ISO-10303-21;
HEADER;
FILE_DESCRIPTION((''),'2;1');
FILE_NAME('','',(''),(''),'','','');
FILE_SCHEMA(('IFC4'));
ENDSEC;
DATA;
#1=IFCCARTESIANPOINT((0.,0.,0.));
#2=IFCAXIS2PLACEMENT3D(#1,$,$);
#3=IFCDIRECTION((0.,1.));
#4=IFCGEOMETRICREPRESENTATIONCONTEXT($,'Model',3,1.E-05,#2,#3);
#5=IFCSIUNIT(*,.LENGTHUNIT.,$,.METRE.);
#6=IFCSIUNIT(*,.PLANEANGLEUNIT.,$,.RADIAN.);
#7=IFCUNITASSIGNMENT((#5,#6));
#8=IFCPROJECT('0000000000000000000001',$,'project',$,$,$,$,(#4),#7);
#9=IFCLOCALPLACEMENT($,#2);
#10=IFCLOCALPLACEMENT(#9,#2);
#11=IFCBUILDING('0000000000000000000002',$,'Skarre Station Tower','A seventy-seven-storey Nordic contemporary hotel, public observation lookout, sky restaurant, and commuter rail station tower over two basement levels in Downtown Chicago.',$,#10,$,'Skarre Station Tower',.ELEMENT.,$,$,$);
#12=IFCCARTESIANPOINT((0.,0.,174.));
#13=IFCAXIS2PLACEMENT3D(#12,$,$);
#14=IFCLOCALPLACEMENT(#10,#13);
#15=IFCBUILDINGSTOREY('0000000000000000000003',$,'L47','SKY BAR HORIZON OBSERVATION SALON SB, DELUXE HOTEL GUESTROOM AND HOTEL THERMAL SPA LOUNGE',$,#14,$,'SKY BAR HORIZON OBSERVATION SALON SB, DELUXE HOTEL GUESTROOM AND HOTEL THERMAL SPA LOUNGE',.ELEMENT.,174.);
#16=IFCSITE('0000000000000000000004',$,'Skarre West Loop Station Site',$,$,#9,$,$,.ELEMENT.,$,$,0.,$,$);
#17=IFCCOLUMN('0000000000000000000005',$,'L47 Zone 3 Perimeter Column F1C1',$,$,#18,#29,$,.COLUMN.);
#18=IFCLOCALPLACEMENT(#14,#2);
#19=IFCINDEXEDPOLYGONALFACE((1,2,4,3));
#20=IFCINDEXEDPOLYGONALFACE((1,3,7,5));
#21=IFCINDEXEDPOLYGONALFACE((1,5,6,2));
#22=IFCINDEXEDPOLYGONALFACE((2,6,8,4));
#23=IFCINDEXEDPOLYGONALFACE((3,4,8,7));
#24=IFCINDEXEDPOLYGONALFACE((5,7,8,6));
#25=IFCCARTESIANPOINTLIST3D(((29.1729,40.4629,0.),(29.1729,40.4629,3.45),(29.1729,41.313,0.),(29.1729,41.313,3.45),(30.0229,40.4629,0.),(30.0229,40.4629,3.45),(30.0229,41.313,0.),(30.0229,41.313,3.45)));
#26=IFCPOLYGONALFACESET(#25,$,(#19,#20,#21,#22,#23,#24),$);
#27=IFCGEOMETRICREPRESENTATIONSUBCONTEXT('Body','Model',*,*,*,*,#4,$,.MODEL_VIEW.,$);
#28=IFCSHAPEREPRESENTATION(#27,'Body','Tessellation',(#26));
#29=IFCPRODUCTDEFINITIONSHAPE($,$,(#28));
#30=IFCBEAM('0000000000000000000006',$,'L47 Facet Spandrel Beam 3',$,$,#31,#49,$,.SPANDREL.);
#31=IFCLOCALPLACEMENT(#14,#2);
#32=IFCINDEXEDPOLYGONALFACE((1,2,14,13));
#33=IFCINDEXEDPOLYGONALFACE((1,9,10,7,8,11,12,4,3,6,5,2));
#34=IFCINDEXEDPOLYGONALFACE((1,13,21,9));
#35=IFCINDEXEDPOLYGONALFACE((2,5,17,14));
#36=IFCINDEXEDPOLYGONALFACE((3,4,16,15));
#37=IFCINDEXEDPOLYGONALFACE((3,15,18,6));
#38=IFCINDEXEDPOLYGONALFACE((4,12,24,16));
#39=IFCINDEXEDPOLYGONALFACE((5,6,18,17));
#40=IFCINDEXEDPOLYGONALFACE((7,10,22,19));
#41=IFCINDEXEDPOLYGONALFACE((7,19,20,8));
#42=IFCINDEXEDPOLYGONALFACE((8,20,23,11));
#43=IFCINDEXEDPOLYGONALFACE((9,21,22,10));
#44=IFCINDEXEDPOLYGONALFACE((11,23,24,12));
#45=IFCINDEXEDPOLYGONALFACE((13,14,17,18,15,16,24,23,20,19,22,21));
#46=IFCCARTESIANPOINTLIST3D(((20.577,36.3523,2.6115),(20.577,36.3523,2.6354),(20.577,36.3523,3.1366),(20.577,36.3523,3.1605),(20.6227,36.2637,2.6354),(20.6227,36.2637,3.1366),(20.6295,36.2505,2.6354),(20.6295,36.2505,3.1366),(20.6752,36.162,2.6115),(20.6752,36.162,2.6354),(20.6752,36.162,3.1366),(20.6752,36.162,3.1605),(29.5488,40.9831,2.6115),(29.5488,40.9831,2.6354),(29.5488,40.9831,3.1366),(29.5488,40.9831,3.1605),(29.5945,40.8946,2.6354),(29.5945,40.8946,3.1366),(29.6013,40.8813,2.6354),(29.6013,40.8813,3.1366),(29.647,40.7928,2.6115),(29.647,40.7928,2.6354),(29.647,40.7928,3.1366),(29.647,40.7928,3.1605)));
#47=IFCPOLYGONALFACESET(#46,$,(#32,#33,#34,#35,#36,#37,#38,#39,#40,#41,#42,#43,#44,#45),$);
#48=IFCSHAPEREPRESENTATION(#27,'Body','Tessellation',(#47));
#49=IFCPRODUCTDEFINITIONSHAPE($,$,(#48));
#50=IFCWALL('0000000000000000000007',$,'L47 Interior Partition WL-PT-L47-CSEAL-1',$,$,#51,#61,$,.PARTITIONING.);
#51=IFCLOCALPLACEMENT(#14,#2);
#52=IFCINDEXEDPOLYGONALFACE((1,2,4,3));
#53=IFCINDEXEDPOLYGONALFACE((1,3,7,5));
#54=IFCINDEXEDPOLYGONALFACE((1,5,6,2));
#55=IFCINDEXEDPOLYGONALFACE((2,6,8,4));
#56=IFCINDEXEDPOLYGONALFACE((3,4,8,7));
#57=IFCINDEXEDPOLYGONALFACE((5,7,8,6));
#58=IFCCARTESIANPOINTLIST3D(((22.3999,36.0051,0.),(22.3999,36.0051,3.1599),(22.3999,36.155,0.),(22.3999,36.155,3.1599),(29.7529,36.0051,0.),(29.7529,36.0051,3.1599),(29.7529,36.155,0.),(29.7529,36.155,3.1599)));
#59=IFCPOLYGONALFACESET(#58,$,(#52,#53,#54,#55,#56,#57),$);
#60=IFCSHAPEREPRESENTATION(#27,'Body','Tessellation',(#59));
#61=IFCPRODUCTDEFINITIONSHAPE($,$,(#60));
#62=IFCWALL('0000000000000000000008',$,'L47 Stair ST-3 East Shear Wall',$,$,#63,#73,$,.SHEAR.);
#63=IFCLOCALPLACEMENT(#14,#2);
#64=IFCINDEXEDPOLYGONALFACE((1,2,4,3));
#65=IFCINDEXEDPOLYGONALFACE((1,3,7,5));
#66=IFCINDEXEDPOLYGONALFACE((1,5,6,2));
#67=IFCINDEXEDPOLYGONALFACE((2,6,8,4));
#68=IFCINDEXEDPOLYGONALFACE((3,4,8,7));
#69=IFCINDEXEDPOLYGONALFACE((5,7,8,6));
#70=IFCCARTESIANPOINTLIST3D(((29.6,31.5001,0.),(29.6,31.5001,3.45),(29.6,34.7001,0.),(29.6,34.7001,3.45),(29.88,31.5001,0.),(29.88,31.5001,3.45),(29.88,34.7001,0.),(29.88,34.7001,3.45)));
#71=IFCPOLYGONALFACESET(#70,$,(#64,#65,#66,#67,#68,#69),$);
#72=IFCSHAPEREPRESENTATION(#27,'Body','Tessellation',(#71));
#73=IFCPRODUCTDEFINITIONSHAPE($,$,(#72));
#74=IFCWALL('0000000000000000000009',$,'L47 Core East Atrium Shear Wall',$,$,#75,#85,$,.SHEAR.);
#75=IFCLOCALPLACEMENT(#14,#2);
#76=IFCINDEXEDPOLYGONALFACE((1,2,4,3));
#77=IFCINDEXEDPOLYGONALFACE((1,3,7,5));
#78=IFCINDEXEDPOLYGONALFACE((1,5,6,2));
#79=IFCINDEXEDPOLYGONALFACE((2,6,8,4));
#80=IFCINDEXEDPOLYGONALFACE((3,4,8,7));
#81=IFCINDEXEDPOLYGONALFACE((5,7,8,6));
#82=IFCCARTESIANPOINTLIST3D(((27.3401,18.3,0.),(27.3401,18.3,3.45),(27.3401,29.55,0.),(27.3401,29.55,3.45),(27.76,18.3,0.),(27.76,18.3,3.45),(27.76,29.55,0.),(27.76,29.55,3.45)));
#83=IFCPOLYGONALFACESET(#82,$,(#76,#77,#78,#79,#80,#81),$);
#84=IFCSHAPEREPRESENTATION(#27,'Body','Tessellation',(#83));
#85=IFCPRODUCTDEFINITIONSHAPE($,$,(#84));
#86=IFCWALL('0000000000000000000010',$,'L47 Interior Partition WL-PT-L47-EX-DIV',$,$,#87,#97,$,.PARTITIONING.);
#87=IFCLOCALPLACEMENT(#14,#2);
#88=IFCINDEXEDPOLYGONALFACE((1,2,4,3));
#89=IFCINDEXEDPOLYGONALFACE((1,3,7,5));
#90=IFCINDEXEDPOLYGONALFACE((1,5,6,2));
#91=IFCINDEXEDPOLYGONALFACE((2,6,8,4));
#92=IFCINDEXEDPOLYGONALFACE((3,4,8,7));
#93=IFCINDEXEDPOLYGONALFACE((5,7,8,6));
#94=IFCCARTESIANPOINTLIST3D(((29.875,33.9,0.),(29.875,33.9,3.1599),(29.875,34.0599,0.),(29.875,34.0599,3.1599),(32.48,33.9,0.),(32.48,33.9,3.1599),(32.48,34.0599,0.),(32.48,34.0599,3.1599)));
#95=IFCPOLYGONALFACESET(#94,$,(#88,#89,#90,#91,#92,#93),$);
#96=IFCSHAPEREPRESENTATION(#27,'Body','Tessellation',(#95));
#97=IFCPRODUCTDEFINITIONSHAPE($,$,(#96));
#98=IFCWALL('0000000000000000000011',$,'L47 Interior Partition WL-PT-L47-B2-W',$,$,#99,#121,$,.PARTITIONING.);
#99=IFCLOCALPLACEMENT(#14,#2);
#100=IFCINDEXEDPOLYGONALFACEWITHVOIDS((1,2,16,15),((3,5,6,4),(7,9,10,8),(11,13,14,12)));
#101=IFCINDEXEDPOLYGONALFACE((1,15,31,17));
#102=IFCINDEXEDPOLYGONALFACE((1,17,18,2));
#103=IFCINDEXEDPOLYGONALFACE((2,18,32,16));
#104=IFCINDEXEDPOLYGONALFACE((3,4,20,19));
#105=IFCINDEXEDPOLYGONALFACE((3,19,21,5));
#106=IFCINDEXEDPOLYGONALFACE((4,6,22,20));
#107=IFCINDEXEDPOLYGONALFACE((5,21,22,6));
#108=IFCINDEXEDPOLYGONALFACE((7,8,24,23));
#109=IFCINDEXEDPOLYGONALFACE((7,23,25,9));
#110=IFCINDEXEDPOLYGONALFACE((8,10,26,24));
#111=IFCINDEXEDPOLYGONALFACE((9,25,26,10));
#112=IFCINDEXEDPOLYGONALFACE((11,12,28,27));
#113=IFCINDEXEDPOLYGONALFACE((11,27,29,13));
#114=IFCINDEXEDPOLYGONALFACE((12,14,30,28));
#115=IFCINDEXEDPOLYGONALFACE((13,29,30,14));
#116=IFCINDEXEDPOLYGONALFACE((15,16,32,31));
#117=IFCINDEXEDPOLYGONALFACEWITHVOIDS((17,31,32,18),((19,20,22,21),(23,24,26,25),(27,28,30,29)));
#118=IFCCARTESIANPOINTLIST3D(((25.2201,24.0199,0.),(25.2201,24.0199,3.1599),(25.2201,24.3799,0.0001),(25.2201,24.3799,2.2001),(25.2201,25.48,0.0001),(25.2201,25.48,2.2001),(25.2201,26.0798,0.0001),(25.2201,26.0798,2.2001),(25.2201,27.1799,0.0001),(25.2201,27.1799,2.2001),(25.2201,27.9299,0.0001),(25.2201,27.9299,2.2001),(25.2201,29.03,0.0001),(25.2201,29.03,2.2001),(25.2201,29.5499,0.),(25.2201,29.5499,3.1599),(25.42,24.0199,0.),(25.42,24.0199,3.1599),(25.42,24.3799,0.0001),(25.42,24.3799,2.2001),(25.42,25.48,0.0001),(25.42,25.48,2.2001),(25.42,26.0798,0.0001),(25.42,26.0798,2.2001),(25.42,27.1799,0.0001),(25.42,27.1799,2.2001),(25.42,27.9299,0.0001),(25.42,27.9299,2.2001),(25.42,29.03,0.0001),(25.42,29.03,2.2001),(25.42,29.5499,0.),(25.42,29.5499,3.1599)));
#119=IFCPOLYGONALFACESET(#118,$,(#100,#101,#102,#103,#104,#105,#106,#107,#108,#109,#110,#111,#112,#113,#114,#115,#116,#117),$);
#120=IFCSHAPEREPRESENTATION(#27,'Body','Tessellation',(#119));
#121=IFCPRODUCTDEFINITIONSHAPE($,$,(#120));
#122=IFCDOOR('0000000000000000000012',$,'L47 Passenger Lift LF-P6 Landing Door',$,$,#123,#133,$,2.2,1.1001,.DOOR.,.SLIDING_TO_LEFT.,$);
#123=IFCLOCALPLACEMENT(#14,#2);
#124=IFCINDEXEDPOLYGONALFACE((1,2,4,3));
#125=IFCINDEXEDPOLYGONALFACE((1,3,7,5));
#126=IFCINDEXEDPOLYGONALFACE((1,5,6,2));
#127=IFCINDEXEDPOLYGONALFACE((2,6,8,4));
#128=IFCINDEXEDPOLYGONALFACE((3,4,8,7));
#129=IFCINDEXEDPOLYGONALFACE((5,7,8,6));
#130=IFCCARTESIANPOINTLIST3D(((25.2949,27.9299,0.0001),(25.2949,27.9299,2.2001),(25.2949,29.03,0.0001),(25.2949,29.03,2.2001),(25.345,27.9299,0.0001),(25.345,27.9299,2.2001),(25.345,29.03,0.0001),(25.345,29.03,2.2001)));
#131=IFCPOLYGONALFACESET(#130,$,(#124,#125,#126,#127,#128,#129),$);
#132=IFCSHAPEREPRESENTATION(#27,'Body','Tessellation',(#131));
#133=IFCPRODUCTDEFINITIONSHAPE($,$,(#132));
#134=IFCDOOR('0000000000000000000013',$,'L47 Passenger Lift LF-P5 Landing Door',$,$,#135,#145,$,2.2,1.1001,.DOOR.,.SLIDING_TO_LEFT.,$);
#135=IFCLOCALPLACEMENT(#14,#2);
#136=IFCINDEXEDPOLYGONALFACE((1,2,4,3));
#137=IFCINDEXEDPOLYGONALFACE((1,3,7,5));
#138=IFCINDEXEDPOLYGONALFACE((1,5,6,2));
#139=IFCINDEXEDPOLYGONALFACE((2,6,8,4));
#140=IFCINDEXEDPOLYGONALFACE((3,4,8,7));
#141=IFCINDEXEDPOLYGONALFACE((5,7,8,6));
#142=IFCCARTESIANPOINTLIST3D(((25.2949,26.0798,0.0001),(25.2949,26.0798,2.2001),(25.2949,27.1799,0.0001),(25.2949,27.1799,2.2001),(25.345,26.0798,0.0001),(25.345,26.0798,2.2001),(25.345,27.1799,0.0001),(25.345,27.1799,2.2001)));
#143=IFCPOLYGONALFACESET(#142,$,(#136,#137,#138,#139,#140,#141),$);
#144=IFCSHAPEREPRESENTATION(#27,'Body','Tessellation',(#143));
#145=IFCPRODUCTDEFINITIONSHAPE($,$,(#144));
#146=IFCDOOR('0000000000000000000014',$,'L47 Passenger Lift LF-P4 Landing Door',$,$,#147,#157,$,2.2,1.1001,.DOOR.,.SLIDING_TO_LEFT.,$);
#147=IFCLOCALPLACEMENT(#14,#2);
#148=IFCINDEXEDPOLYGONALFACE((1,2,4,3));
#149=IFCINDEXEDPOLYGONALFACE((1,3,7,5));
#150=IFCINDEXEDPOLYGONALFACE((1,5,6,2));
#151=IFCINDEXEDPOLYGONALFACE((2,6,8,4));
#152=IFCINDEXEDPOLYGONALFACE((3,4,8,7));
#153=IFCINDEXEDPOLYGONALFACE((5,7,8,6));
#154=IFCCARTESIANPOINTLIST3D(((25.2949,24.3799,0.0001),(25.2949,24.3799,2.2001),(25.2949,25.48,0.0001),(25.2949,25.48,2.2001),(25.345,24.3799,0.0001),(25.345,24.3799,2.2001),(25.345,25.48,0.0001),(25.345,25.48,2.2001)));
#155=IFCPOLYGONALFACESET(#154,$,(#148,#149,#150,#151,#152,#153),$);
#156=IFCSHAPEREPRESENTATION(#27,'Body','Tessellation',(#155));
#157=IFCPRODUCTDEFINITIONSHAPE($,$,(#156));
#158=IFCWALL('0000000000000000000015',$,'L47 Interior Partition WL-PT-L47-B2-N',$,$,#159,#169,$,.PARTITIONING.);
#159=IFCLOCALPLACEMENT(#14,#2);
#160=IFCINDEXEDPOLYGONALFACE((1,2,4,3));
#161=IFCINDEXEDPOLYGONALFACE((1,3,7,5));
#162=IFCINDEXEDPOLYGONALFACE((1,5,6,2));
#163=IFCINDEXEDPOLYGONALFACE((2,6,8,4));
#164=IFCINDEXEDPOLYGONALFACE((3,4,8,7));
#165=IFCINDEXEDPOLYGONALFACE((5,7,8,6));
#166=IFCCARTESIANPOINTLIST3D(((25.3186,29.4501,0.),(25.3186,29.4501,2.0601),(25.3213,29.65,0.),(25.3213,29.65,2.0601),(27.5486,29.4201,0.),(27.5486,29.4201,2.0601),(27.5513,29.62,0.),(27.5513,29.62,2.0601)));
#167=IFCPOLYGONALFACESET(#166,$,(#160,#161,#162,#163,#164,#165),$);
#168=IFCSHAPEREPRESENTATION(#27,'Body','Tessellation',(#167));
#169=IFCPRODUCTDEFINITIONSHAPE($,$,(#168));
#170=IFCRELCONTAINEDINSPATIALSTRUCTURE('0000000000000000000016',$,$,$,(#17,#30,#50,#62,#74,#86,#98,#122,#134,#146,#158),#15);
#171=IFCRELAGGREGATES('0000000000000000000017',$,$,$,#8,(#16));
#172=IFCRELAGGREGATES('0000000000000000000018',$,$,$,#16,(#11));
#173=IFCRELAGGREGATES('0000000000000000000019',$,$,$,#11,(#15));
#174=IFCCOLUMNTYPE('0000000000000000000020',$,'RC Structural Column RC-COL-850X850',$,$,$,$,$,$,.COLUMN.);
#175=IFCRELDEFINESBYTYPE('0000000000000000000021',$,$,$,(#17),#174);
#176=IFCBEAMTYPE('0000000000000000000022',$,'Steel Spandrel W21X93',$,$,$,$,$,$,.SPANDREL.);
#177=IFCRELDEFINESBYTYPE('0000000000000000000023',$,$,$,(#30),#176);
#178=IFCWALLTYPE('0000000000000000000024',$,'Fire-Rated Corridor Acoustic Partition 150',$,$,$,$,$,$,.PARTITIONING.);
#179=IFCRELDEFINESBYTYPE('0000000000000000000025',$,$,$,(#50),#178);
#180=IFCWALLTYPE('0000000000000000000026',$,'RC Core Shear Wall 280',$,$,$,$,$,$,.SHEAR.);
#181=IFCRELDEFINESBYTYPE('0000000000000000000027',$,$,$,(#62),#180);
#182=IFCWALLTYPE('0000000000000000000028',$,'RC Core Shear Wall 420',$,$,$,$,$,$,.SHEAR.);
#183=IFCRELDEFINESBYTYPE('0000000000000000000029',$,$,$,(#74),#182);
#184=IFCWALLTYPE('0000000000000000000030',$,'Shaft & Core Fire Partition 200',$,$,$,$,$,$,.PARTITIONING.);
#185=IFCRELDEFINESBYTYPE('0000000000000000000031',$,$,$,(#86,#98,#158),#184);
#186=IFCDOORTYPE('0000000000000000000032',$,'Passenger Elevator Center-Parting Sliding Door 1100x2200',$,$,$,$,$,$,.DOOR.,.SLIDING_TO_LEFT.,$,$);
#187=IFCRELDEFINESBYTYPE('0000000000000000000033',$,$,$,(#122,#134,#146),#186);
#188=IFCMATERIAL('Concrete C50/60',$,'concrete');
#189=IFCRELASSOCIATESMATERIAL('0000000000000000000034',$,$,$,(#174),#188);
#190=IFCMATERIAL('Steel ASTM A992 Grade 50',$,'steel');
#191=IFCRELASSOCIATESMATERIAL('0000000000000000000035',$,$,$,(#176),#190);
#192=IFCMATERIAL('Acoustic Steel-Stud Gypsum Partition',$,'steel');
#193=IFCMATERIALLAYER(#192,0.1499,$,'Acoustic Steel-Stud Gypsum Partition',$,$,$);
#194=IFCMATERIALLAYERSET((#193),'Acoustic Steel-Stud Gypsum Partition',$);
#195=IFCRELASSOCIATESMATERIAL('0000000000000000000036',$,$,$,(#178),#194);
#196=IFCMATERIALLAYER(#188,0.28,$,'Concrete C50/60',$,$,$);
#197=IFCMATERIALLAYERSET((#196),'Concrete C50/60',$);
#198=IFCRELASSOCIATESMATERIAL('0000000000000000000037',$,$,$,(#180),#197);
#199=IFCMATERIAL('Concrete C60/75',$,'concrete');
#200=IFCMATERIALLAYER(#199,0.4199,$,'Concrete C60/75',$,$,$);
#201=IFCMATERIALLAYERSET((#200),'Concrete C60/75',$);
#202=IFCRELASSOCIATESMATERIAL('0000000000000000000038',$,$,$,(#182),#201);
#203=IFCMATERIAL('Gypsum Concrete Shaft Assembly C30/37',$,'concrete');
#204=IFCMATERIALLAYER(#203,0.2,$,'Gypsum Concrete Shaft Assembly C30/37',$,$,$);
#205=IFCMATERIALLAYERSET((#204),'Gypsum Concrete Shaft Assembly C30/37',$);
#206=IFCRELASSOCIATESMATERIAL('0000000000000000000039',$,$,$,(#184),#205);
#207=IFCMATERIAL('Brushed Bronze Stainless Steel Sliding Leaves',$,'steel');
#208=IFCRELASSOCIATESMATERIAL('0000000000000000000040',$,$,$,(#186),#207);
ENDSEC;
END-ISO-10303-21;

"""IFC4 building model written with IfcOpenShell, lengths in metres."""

from ifc_helpers import new_model, si_unit, direction, frame, frame_2d, origin, origin_2d, place, context, subcontext, project, spatial, rectangle, i_section, extrude, material, layer, layer_set, material_profile, profile_set, type_object, element, fill, save


model = new_model("IFC4")

# Units and contexts
model_context = context("Model", 3, precision=1e-05, world=origin(), true_north=direction((0.0, 1.0)))
body_context = subcontext(model_context, "Body", "Model", "MODEL_VIEW")
ifc_project = project(units=[si_unit("LENGTHUNIT", "METRE"), si_unit("PLANEANGLEUNIT", "RADIAN")], contexts=[model_context])

# Site, building, storey
site_placement = place(None, origin())
site = spatial("IfcSite", under=ifc_project, at=site_placement, Name="Skarre West Loop Station Site", CompositionType="ELEMENT", RefElevation=0.0)
building_placement = place(site_placement, origin())
building = spatial("IfcBuilding", under=site, at=building_placement, Name="Skarre Station Tower", Description="A seventy-seven-storey Nordic contemporary hotel, public observation lookout, sky restaurant, and commuter rail station tower over two basement levels in Downtown Chicago.", LongName="Skarre Station Tower", CompositionType="ELEMENT")
storey_placement = place(building_placement, frame((0.0, 0.0, 174.0)))
storey = spatial("IfcBuildingStorey", under=building, at=storey_placement, Name="L47", Description="SKY BAR HORIZON OBSERVATION SALON SB, DELUXE HOTEL GUESTROOM AND HOTEL THERMAL SPA LOUNGE", LongName="SKY BAR HORIZON OBSERVATION SALON SB, DELUXE HOTEL GUESTROOM AND HOTEL THERMAL SPA LOUNGE", CompositionType="ELEMENT", Elevation=174.0)

# Column
ifc_material_1 = material(Name="Concrete C50/60", Category="concrete")
ifc_material_profile_1 = material_profile(ifc_material_1, rectangle(XDim=0.8501, YDim=0.8501, at=origin_2d()), Name="Concrete C50/60")
ifc_profile_set_1 = profile_set([ifc_material_profile_1], Name="Concrete C50/60")
column_type = type_object("IfcColumnType", Name="RC Structural Column RC-COL-850X850", PredefinedType="COLUMN", material=ifc_profile_set_1)
column_placement = place(storey_placement, frame((29.5979, 40.8879, 0.0), z_axis=(0.0, 0.0, 1.0), x_axis=(1.0, 0.0, 0.0)))
element("IfcColumn", 1, at=column_placement, inside=storey, type_object=column_type, Name="L47 Zone 3 Perimeter Column F1C1", PredefinedType="COLUMN", context=body_context, shape_type="SweptSolid", body=[
    extrude(rectangle(XDim=0.8501, YDim=0.8501, at=origin_2d()), origin(), (0.0, 0.0, 1.0), 3.45),
])

# Beam
ifc_material_2 = material(Name="Steel ASTM A992 Grade 50", Category="steel")
ifc_material_profile_2 = material_profile(ifc_material_2, i_section(OverallWidth=0.2141, OverallDepth=0.5491, WebThickness=0.0149, FlangeThickness=0.0239, at=origin_2d()), Name="Steel ASTM A992 Grade 50")
ifc_profile_set_2 = profile_set([ifc_material_profile_2], Name="Steel ASTM A992 Grade 50")
beam_type = type_object("IfcBeamType", Name="Steel Spandrel W21X93", PredefinedType="SPANDREL", material=ifc_profile_set_2)
beam_placement = place(storey_placement, frame((29.5979, 40.8879, 2.886), z_axis=(-0.888613, -0.458658, 0.0), x_axis=(0.458658, -0.888613, 0.0)))
element("IfcBeam", 2, at=beam_placement, inside=storey, type_object=beam_type, Name="L47 Facet Spandrel Beam 3", PredefinedType="SPANDREL", context=body_context, shape_type="SweptSolid", body=[
    extrude(i_section(OverallWidth=0.2141, OverallDepth=0.5491, WebThickness=0.0149, FlangeThickness=0.0239, at=origin_2d()), origin(), (0.0, 0.0, 1.0), 10.0964),
])

# Walls
ifc_material_3 = material(Name="Acoustic Steel-Stud Gypsum Partition", Category="steel")
ifc_layer_1 = layer(ifc_material_3, 0.1499, Name="Acoustic Steel-Stud Gypsum Partition")
ifc_layer_set_1 = layer_set([ifc_layer_1], Name="Acoustic Steel-Stud Gypsum Partition")
wall_type_1 = type_object("IfcWallType", Name="Fire-Rated Corridor Acoustic Partition 150", PredefinedType="PARTITIONING", material=ifc_layer_set_1)
wall_1_placement = place(storey_placement, frame((29.7529, 36.0801, 0.0), z_axis=(0.0, 0.0, 1.0), x_axis=(-1.0, 0.0, 0.0)))
element("IfcWall", 3, at=wall_1_placement, inside=storey, type_object=wall_type_1, Name="L47 Interior Partition WL-PT-L47-CSEAL-1", PredefinedType="PARTITIONING", context=body_context, shape_type="SweptSolid", body=[
    extrude(rectangle(XDim=7.353, YDim=0.1499, at=frame_2d((3.6765, 0.0))), origin(), (0.0, 0.0, 1.0), 3.1599),
])
ifc_layer_2 = layer(ifc_material_1, 0.28, Name="Concrete C50/60")
ifc_layer_set_2 = layer_set([ifc_layer_2], Name="Concrete C50/60")
wall_type_2 = type_object("IfcWallType", Name="RC Core Shear Wall 280", PredefinedType="SHEAR", material=ifc_layer_set_2)
wall_2_placement = place(storey_placement, frame((29.74, 31.5, 0.0), z_axis=(0.0, 0.0, 1.0), x_axis=(0.0, 1.0, 0.0)))
element("IfcWall", 4, at=wall_2_placement, inside=storey, type_object=wall_type_2, Name="L47 Stair ST-3 East Shear Wall", PredefinedType="SHEAR", context=body_context, shape_type="SweptSolid", body=[
    extrude(rectangle(XDim=3.2, YDim=0.28, at=frame_2d((1.6001, 0.0))), origin(), (0.0, 0.0, 1.0), 3.45),
])
ifc_material_4 = material(Name="Concrete C60/75", Category="concrete")
ifc_layer_3 = layer(ifc_material_4, 0.4199, Name="Concrete C60/75")
ifc_layer_set_3 = layer_set([ifc_layer_3], Name="Concrete C60/75")
wall_type_3 = type_object("IfcWallType", Name="RC Core Shear Wall 420", PredefinedType="SHEAR", material=ifc_layer_set_3)
wall_3_placement = place(storey_placement, frame((27.55, 29.55, 0.0), z_axis=(0.0, 0.0, 1.0), x_axis=(0.0, -1.0, 0.0)))
element("IfcWall", 5, at=wall_3_placement, inside=storey, type_object=wall_type_3, Name="L47 Core East Atrium Shear Wall", PredefinedType="SHEAR", context=body_context, shape_type="SweptSolid", body=[
    extrude(rectangle(XDim=11.25, YDim=0.4199, at=frame_2d((5.625, 0.0))), origin(), (0.0, 0.0, 1.0), 3.45),
])
ifc_material_5 = material(Name="Gypsum Concrete Shaft Assembly C30/37", Category="concrete")
ifc_layer_4 = layer(ifc_material_5, 0.2, Name="Gypsum Concrete Shaft Assembly C30/37")
ifc_layer_set_4 = layer_set([ifc_layer_4], Name="Gypsum Concrete Shaft Assembly C30/37")
wall_type_4 = type_object("IfcWallType", Name="Shaft & Core Fire Partition 200", PredefinedType="PARTITIONING", material=ifc_layer_set_4)
wall_4_placement = place(storey_placement, frame((29.875, 33.98, 0.0), z_axis=(0.0, 0.0, 1.0), x_axis=(1.0, 0.0, 0.0)))
element("IfcWall", 6, at=wall_4_placement, inside=storey, type_object=wall_type_4, Name="L47 Interior Partition WL-PT-L47-EX-DIV", PredefinedType="PARTITIONING", context=body_context, shape_type="SweptSolid", body=[
    extrude(rectangle(XDim=2.605, YDim=0.1599, at=frame_2d((1.3025, 0.0))), origin(), (0.0, 0.0, 1.0), 3.1599),
])

# Wall, openings, doors
wall_5_placement = place(storey_placement, frame((25.3201, 29.55, 0.0), z_axis=(0.0, 0.0, 1.0), x_axis=(0.0, -1.0, 0.0)))
wall_5 = element("IfcWall", 7, at=wall_5_placement, inside=storey, type_object=wall_type_4, Name="L47 Interior Partition WL-PT-L47-B2-W", PredefinedType="PARTITIONING", context=body_context, shape_type="SweptSolid", body=[
    extrude(rectangle(XDim=5.53, YDim=0.2, at=frame_2d((2.7651, 0.0))), origin(), (0.0, 0.0, 1.0), 3.1599),
])
opening_1_placement = place(wall_5_placement, frame((0.52, 0.0, 0.0)))
opening_1 = element("IfcOpeningElement", 8, at=opening_1_placement, cuts=wall_5, PredefinedType="OPENING", context=body_context, shape_type="SweptSolid", body=[
    extrude(rectangle(XDim=1.1001, YDim=2.2, at=frame_2d((0.55, 1.1001))), frame((0.0, 0.1099, 0.0), z_axis=(0.0, -1.0, 0.0), x_axis=(1.0, 0.0, 0.0)), (0.0, 0.0, 1.0), 0.22),
])
opening_2_placement = place(wall_5_placement, frame((2.3701, 0.0, 0.0)))
opening_2 = element("IfcOpeningElement", 9, at=opening_2_placement, cuts=wall_5, PredefinedType="OPENING", context=body_context, shape_type="SweptSolid", body=[
    extrude(rectangle(XDim=1.1001, YDim=2.2, at=frame_2d((0.55, 1.1001))), frame((0.0, 0.1099, 0.0), z_axis=(0.0, -1.0, 0.0), x_axis=(1.0, 0.0, 0.0)), (0.0, 0.0, 1.0), 0.22),
])
opening_3_placement = place(wall_5_placement, frame((4.0701, 0.0, 0.0)))
opening_3 = element("IfcOpeningElement", 10, at=opening_3_placement, cuts=wall_5, PredefinedType="OPENING", context=body_context, shape_type="SweptSolid", body=[
    extrude(rectangle(XDim=1.1001, YDim=2.2, at=frame_2d((0.55, 1.1001))), frame((0.0, 0.1099, 0.0), z_axis=(0.0, -1.0, 0.0), x_axis=(1.0, 0.0, 0.0)), (0.0, 0.0, 1.0), 0.22),
])
ifc_material_6 = material(Name="Brushed Bronze Stainless Steel Sliding Leaves", Category="steel")
door_type = type_object("IfcDoorType", Name="Passenger Elevator Center-Parting Sliding Door 1100x2200", OperationType="SLIDING_TO_LEFT", PredefinedType="DOOR", material=ifc_material_6)
door_1_placement = place(opening_1_placement, origin())
door_1 = element("IfcDoor", 11, at=door_1_placement, inside=storey, type_object=door_type, Name="L47 Passenger Lift LF-P6 Landing Door", OperationType="SLIDING_TO_LEFT", OverallHeight=2.2, OverallWidth=1.1001, PredefinedType="DOOR", context=body_context, shape_type="SweptSolid", body=[
    extrude(rectangle(XDim=1.1001, YDim=2.2, at=frame_2d((0.55, 1.1001))), frame((0.0, 0.0249, 0.0), z_axis=(0.0, -1.0, 0.0), x_axis=(1.0, 0.0, 0.0)), (0.0, 0.0, 1.0), 0.05),
])
fill(opening_1, door_1)
door_2_placement = place(opening_2_placement, origin())
door_2 = element("IfcDoor", 12, at=door_2_placement, inside=storey, type_object=door_type, Name="L47 Passenger Lift LF-P5 Landing Door", OperationType="SLIDING_TO_LEFT", OverallHeight=2.2, OverallWidth=1.1001, PredefinedType="DOOR", context=body_context, shape_type="SweptSolid", body=[
    extrude(rectangle(XDim=1.1001, YDim=2.2, at=frame_2d((0.55, 1.1001))), frame((0.0, 0.0249, 0.0), z_axis=(0.0, -1.0, 0.0), x_axis=(1.0, 0.0, 0.0)), (0.0, 0.0, 1.0), 0.05),
])
fill(opening_2, door_2)
door_3_placement = place(opening_3_placement, origin())
door_3 = element("IfcDoor", 13, at=door_3_placement, inside=storey, type_object=door_type, Name="L47 Passenger Lift LF-P4 Landing Door", OperationType="SLIDING_TO_LEFT", OverallHeight=2.2, OverallWidth=1.1001, PredefinedType="DOOR", context=body_context, shape_type="SweptSolid", body=[
    extrude(rectangle(XDim=1.1001, YDim=2.2, at=frame_2d((0.55, 1.1001))), frame((0.0, 0.0249, 0.0), z_axis=(0.0, -1.0, 0.0), x_axis=(1.0, 0.0, 0.0)), (0.0, 0.0, 1.0), 0.05),
])
fill(opening_3, door_3)

# Wall
wall_6_placement = place(storey_placement, frame((27.55, 29.52, 0.0), z_axis=(0.0, 0.0, 1.0), x_axis=(-0.999909, 0.013465, 0.0)))
element("IfcWall", 14, at=wall_6_placement, inside=storey, type_object=wall_type_4, Name="L47 Interior Partition WL-PT-L47-B2-N", PredefinedType="PARTITIONING", context=body_context, shape_type="SweptSolid", body=[
    extrude(rectangle(XDim=2.2302, YDim=0.2, at=frame_2d((1.1152, 0.0))), origin(), (0.0, 0.0, 1.0), 2.0601),
])

save(model, "model.ifc")
